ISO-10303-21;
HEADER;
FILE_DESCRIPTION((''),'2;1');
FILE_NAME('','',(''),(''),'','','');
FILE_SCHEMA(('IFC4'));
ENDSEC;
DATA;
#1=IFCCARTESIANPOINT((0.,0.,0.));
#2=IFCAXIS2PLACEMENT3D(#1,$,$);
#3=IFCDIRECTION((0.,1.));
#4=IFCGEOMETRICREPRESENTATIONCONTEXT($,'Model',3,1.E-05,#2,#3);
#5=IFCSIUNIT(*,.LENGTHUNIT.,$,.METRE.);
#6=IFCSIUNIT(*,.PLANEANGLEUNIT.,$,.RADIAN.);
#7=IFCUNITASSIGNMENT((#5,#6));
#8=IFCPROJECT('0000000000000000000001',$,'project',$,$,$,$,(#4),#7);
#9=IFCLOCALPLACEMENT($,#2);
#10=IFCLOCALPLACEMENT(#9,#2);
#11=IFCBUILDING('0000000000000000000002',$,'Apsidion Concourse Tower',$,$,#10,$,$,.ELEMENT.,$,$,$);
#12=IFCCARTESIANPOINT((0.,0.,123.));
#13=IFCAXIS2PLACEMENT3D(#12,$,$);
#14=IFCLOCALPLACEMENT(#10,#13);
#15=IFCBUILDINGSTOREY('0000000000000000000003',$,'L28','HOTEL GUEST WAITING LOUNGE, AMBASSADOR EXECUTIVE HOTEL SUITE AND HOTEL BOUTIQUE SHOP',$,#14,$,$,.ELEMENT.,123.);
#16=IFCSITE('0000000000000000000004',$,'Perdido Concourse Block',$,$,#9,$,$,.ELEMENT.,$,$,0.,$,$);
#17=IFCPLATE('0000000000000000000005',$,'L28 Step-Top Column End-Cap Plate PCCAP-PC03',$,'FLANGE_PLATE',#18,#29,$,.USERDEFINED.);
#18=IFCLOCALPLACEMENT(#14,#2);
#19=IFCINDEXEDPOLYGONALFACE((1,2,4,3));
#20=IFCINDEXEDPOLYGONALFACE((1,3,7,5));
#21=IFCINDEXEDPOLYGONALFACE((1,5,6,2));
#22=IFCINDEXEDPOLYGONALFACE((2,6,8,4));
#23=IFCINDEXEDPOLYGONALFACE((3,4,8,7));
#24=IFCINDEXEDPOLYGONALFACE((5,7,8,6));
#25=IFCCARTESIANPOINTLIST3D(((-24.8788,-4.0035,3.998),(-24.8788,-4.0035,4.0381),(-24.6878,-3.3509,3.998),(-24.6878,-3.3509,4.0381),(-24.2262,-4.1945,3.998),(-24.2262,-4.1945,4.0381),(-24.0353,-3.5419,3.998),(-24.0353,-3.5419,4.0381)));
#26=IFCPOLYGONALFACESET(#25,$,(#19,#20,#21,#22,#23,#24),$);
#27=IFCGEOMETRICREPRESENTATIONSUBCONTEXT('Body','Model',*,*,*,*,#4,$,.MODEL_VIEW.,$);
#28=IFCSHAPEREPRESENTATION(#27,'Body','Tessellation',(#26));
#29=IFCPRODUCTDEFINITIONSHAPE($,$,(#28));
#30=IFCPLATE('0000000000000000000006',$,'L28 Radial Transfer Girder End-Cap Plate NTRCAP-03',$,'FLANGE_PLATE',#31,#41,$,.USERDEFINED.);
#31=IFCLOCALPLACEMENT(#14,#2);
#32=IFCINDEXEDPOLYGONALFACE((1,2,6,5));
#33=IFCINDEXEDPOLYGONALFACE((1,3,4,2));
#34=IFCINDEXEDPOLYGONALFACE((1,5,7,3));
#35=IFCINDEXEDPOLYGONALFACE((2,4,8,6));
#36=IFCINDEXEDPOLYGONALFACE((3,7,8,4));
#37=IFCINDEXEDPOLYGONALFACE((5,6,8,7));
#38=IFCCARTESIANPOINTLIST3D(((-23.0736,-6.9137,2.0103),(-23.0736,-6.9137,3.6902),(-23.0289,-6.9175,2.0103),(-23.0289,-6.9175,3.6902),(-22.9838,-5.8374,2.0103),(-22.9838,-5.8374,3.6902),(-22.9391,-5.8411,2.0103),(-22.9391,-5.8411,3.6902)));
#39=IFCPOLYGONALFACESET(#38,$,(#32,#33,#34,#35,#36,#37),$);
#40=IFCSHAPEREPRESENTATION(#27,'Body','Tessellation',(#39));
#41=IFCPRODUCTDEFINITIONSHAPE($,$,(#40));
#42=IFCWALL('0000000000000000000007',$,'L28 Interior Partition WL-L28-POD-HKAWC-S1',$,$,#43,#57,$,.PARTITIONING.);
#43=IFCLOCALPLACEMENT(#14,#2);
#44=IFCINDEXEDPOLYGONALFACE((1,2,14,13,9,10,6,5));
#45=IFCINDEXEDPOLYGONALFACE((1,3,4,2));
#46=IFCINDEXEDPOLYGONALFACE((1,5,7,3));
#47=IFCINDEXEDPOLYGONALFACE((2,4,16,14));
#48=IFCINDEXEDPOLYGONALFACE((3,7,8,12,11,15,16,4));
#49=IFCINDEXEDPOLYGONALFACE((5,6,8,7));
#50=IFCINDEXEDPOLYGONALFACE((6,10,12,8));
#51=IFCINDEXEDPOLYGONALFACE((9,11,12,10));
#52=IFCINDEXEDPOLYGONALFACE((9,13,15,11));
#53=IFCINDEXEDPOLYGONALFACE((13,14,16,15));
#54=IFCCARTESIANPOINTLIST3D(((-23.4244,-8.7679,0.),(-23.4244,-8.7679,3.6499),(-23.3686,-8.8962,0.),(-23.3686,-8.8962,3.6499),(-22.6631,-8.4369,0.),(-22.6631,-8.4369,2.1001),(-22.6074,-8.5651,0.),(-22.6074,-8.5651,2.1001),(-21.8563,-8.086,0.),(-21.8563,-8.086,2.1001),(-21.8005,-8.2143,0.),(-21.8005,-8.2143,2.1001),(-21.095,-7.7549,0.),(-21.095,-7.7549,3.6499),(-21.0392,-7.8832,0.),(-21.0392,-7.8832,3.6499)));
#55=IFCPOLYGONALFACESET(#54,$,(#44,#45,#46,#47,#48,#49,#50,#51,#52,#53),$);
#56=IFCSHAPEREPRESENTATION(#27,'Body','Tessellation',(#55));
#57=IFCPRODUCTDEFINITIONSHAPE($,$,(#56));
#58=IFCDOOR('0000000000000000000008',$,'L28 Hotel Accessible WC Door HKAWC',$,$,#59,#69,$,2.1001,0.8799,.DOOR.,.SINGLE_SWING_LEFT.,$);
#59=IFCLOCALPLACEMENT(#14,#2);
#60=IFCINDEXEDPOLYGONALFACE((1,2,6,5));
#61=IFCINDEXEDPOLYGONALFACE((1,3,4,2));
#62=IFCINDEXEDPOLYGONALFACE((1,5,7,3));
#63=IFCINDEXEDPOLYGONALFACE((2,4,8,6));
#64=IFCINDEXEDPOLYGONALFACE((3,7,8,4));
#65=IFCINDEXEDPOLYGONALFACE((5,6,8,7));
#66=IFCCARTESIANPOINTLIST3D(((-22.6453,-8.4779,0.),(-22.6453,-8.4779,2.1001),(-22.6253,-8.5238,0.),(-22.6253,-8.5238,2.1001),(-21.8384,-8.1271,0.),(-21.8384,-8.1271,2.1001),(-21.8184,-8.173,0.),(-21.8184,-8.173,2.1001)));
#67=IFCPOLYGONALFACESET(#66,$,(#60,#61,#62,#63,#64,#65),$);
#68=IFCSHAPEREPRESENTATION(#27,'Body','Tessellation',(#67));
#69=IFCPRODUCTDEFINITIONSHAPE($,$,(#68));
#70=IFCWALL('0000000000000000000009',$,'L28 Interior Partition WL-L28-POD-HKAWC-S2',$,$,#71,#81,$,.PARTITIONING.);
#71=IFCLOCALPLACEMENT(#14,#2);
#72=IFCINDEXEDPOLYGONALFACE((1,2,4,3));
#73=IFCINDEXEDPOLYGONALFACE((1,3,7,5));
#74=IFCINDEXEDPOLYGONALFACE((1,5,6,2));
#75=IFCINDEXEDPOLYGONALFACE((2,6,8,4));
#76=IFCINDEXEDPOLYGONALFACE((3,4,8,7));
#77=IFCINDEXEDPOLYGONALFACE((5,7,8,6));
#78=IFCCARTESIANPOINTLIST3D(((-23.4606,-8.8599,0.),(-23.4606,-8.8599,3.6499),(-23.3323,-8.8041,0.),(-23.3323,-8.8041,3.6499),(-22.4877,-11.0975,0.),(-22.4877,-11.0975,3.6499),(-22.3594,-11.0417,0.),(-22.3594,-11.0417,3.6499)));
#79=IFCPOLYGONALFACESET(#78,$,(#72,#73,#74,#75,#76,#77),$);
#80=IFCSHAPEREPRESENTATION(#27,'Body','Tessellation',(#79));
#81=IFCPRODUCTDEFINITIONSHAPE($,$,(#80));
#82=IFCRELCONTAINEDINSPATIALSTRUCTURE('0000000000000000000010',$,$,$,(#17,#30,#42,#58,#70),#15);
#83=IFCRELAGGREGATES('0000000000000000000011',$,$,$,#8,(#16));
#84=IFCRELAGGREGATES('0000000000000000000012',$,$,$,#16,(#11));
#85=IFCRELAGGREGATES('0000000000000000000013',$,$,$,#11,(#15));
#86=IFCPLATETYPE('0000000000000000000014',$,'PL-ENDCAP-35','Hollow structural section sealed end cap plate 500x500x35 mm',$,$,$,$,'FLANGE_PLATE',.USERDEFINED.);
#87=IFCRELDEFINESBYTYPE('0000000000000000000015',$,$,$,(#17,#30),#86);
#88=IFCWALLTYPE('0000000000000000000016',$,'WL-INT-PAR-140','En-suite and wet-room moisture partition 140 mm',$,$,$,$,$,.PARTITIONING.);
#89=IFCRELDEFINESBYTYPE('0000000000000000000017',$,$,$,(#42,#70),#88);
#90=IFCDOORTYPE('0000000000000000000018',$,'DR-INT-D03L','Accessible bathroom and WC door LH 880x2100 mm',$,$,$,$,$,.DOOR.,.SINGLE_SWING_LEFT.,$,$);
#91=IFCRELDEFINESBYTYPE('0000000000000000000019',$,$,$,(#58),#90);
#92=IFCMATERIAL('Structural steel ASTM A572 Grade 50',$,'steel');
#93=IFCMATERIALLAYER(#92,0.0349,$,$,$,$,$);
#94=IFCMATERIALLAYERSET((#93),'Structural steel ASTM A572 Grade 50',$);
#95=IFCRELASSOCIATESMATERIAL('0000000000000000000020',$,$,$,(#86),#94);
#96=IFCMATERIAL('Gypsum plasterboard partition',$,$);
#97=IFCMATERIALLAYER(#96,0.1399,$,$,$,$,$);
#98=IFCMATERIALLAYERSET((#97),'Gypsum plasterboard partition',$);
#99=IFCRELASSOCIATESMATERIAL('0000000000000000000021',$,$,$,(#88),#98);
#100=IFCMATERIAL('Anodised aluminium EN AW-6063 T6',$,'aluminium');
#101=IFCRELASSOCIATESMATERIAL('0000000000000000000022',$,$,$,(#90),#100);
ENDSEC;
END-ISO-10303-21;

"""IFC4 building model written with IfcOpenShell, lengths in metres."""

from ifc_helpers import new_model, si_unit, direction, frame, frame_2d, origin, origin_2d, place, context, subcontext, project, spatial, rectangle, extrude, material, layer, layer_set, type_object, element, fill, save


model = new_model("IFC4")

# Units and contexts
model_context = context("Model", 3, precision=1e-05, world=origin(), true_north=direction((0.0, 1.0)))
body_context = subcontext(model_context, "Body", "Model", "MODEL_VIEW")
ifc_project = project(units=[si_unit("LENGTHUNIT", "METRE"), si_unit("PLANEANGLEUNIT", "RADIAN")], contexts=[model_context])

# Site, building, storey
site_placement = place(None, origin())
site = spatial("IfcSite", under=ifc_project, at=site_placement, Name="Perdido Concourse Block", CompositionType="ELEMENT", RefElevation=0.0)
building_placement = place(site_placement, origin())
building = spatial("IfcBuilding", under=site, at=building_placement, Name="Apsidion Concourse Tower", CompositionType="ELEMENT")
storey_placement = place(building_placement, frame((0.0, 0.0, 123.0)))
storey = spatial("IfcBuildingStorey", under=building, at=storey_placement, Name="L28", Description="HOTEL GUEST WAITING LOUNGE, AMBASSADOR EXECUTIVE HOTEL SUITE AND HOTEL BOUTIQUE SHOP", CompositionType="ELEMENT", Elevation=123.0)

# Shared definitions
ifc_material_1 = material(Name="Structural steel ASTM A572 Grade 50", Category="steel")

# Plates
ifc_layer_1 = layer(ifc_material_1, 0.0349)
ifc_layer_set_1 = layer_set([ifc_layer_1], Name="Structural steel ASTM A572 Grade 50")
plate_type = type_object("IfcPlateType", Name="PL-ENDCAP-35", Description="Hollow structural section sealed end cap plate 500x500x35 mm", ElementType="FLANGE_PLATE", PredefinedType="USERDEFINED", material=ifc_layer_set_1)
plate_1_placement = place(storey_placement, frame((-24.457, -3.7727, 3.998), z_axis=(0.0, 0.0, 1.0), x_axis=(0.280834, 0.959756, 0.0)))
element("IfcPlate", 1, at=plate_1_placement, inside=storey, type_object=plate_type, Name="L28 Step-Top Column End-Cap Plate PCCAP-PC03", ObjectType="FLANGE_PLATE", PredefinedType="USERDEFINED", context=body_context, shape_type="SweptSolid", body=[
    extrude(rectangle(XDim=0.6799, YDim=0.6799, at=origin_2d()), origin(), (0.0, 0.0, 1.0), 0.04),
])
plate_2_placement = place(storey_placement, frame((-23.0063, -6.3774, 2.0103), z_axis=(0.0, 0.0, 1.0), x_axis=(-0.996537, 0.083156, 0.0)))
element("IfcPlate", 2, at=plate_2_placement, inside=storey, type_object=plate_type, Name="L28 Radial Transfer Girder End-Cap Plate NTRCAP-03", ObjectType="FLANGE_PLATE", PredefinedType="USERDEFINED", context=body_context, shape_type="SweptSolid", body=[
    extrude(rectangle(XDim=0.0449, YDim=1.0801, at=origin_2d()), origin(), (0.0, 0.0, 1.0), 1.6799),
])

# Wall, opening, door
ifc_material_2 = material(Name="Gypsum plasterboard partition")
ifc_layer_2 = layer(ifc_material_2, 0.1399)
ifc_layer_set_2 = layer_set([ifc_layer_2], Name="Gypsum plasterboard partition")
wall_type = type_object("IfcWallType", Name="WL-INT-PAR-140", Description="En-suite and wet-room moisture partition 140 mm", PredefinedType="PARTITIONING", material=ifc_layer_set_2)
wall_1_placement = place(storey_placement, frame((-21.0671, -7.8191, 0.0), z_axis=(0.0, 0.0, 1.0), x_axis=(-0.917044, -0.398786, 0.0)))
wall_1 = element("IfcWall", 3, at=wall_1_placement, inside=storey, type_object=wall_type, Name="L28 Interior Partition WL-L28-POD-HKAWC-S1", PredefinedType="PARTITIONING", context=body_context, shape_type="SweptSolid", body=[
    extrude(rectangle(XDim=2.54, YDim=0.1399, at=frame_2d((1.27, 0.0))), origin(), (0.0, 0.0, 1.0), 3.6499),
])
opening_placement = place(wall_1_placement, frame((0.8301, 0.0, 0.0)))
opening = element("IfcOpeningElement", 4, at=opening_placement, cuts=wall_1, PredefinedType="OPENING", context=body_context, shape_type="SweptSolid", body=[
    extrude(rectangle(XDim=0.8799, YDim=2.1001, at=frame_2d((0.4399, 1.05))), frame((0.0, 0.0801, 0.0), z_axis=(0.0, -1.0, 0.0), x_axis=(1.0, 0.0, 0.0)), (0.0, 0.0, 1.0), 0.1599),
])
ifc_material_3 = material(Name="Anodised aluminium EN AW-6063 T6", Category="aluminium")
door_type = type_object("IfcDoorType", Name="DR-INT-D03L", Description="Accessible bathroom and WC door LH 880x2100 mm", OperationType="SINGLE_SWING_LEFT", PredefinedType="DOOR", material=ifc_material_3)
door_placement = place(opening_placement, origin())
door = element("IfcDoor", 5, at=door_placement, inside=storey, type_object=door_type, Name="L28 Hotel Accessible WC Door HKAWC", OperationType="SINGLE_SWING_LEFT", OverallHeight=2.1001, OverallWidth=0.8799, PredefinedType="DOOR", context=body_context, shape_type="SweptSolid", body=[
    extrude(rectangle(XDim=0.8799, YDim=2.1001, at=frame_2d((0.4399, 1.05))), frame((0.0, 0.0249, 0.0), z_axis=(0.0, -1.0, 0.0), x_axis=(1.0, 0.0, 0.0)), (0.0, 0.0, 1.0), 0.05),
])
fill(opening, door)

# Wall
wall_2_placement = place(storey_placement, frame((-23.3965, -8.832, 0.0), z_axis=(0.0, 0.0, 1.0), x_axis=(0.398744, -0.917062, 0.0)))
element("IfcWall", 6, at=wall_2_placement, inside=storey, type_object=wall_type, Name="L28 Interior Partition WL-L28-POD-HKAWC-S2", PredefinedType="PARTITIONING", context=body_context, shape_type="SweptSolid", body=[
    extrude(rectangle(XDim=2.4399, YDim=0.1399, at=frame_2d((1.22, 0.0))), origin(), (0.0, 0.0, 1.0), 3.6499),
])

save(model, "model.ifc")
